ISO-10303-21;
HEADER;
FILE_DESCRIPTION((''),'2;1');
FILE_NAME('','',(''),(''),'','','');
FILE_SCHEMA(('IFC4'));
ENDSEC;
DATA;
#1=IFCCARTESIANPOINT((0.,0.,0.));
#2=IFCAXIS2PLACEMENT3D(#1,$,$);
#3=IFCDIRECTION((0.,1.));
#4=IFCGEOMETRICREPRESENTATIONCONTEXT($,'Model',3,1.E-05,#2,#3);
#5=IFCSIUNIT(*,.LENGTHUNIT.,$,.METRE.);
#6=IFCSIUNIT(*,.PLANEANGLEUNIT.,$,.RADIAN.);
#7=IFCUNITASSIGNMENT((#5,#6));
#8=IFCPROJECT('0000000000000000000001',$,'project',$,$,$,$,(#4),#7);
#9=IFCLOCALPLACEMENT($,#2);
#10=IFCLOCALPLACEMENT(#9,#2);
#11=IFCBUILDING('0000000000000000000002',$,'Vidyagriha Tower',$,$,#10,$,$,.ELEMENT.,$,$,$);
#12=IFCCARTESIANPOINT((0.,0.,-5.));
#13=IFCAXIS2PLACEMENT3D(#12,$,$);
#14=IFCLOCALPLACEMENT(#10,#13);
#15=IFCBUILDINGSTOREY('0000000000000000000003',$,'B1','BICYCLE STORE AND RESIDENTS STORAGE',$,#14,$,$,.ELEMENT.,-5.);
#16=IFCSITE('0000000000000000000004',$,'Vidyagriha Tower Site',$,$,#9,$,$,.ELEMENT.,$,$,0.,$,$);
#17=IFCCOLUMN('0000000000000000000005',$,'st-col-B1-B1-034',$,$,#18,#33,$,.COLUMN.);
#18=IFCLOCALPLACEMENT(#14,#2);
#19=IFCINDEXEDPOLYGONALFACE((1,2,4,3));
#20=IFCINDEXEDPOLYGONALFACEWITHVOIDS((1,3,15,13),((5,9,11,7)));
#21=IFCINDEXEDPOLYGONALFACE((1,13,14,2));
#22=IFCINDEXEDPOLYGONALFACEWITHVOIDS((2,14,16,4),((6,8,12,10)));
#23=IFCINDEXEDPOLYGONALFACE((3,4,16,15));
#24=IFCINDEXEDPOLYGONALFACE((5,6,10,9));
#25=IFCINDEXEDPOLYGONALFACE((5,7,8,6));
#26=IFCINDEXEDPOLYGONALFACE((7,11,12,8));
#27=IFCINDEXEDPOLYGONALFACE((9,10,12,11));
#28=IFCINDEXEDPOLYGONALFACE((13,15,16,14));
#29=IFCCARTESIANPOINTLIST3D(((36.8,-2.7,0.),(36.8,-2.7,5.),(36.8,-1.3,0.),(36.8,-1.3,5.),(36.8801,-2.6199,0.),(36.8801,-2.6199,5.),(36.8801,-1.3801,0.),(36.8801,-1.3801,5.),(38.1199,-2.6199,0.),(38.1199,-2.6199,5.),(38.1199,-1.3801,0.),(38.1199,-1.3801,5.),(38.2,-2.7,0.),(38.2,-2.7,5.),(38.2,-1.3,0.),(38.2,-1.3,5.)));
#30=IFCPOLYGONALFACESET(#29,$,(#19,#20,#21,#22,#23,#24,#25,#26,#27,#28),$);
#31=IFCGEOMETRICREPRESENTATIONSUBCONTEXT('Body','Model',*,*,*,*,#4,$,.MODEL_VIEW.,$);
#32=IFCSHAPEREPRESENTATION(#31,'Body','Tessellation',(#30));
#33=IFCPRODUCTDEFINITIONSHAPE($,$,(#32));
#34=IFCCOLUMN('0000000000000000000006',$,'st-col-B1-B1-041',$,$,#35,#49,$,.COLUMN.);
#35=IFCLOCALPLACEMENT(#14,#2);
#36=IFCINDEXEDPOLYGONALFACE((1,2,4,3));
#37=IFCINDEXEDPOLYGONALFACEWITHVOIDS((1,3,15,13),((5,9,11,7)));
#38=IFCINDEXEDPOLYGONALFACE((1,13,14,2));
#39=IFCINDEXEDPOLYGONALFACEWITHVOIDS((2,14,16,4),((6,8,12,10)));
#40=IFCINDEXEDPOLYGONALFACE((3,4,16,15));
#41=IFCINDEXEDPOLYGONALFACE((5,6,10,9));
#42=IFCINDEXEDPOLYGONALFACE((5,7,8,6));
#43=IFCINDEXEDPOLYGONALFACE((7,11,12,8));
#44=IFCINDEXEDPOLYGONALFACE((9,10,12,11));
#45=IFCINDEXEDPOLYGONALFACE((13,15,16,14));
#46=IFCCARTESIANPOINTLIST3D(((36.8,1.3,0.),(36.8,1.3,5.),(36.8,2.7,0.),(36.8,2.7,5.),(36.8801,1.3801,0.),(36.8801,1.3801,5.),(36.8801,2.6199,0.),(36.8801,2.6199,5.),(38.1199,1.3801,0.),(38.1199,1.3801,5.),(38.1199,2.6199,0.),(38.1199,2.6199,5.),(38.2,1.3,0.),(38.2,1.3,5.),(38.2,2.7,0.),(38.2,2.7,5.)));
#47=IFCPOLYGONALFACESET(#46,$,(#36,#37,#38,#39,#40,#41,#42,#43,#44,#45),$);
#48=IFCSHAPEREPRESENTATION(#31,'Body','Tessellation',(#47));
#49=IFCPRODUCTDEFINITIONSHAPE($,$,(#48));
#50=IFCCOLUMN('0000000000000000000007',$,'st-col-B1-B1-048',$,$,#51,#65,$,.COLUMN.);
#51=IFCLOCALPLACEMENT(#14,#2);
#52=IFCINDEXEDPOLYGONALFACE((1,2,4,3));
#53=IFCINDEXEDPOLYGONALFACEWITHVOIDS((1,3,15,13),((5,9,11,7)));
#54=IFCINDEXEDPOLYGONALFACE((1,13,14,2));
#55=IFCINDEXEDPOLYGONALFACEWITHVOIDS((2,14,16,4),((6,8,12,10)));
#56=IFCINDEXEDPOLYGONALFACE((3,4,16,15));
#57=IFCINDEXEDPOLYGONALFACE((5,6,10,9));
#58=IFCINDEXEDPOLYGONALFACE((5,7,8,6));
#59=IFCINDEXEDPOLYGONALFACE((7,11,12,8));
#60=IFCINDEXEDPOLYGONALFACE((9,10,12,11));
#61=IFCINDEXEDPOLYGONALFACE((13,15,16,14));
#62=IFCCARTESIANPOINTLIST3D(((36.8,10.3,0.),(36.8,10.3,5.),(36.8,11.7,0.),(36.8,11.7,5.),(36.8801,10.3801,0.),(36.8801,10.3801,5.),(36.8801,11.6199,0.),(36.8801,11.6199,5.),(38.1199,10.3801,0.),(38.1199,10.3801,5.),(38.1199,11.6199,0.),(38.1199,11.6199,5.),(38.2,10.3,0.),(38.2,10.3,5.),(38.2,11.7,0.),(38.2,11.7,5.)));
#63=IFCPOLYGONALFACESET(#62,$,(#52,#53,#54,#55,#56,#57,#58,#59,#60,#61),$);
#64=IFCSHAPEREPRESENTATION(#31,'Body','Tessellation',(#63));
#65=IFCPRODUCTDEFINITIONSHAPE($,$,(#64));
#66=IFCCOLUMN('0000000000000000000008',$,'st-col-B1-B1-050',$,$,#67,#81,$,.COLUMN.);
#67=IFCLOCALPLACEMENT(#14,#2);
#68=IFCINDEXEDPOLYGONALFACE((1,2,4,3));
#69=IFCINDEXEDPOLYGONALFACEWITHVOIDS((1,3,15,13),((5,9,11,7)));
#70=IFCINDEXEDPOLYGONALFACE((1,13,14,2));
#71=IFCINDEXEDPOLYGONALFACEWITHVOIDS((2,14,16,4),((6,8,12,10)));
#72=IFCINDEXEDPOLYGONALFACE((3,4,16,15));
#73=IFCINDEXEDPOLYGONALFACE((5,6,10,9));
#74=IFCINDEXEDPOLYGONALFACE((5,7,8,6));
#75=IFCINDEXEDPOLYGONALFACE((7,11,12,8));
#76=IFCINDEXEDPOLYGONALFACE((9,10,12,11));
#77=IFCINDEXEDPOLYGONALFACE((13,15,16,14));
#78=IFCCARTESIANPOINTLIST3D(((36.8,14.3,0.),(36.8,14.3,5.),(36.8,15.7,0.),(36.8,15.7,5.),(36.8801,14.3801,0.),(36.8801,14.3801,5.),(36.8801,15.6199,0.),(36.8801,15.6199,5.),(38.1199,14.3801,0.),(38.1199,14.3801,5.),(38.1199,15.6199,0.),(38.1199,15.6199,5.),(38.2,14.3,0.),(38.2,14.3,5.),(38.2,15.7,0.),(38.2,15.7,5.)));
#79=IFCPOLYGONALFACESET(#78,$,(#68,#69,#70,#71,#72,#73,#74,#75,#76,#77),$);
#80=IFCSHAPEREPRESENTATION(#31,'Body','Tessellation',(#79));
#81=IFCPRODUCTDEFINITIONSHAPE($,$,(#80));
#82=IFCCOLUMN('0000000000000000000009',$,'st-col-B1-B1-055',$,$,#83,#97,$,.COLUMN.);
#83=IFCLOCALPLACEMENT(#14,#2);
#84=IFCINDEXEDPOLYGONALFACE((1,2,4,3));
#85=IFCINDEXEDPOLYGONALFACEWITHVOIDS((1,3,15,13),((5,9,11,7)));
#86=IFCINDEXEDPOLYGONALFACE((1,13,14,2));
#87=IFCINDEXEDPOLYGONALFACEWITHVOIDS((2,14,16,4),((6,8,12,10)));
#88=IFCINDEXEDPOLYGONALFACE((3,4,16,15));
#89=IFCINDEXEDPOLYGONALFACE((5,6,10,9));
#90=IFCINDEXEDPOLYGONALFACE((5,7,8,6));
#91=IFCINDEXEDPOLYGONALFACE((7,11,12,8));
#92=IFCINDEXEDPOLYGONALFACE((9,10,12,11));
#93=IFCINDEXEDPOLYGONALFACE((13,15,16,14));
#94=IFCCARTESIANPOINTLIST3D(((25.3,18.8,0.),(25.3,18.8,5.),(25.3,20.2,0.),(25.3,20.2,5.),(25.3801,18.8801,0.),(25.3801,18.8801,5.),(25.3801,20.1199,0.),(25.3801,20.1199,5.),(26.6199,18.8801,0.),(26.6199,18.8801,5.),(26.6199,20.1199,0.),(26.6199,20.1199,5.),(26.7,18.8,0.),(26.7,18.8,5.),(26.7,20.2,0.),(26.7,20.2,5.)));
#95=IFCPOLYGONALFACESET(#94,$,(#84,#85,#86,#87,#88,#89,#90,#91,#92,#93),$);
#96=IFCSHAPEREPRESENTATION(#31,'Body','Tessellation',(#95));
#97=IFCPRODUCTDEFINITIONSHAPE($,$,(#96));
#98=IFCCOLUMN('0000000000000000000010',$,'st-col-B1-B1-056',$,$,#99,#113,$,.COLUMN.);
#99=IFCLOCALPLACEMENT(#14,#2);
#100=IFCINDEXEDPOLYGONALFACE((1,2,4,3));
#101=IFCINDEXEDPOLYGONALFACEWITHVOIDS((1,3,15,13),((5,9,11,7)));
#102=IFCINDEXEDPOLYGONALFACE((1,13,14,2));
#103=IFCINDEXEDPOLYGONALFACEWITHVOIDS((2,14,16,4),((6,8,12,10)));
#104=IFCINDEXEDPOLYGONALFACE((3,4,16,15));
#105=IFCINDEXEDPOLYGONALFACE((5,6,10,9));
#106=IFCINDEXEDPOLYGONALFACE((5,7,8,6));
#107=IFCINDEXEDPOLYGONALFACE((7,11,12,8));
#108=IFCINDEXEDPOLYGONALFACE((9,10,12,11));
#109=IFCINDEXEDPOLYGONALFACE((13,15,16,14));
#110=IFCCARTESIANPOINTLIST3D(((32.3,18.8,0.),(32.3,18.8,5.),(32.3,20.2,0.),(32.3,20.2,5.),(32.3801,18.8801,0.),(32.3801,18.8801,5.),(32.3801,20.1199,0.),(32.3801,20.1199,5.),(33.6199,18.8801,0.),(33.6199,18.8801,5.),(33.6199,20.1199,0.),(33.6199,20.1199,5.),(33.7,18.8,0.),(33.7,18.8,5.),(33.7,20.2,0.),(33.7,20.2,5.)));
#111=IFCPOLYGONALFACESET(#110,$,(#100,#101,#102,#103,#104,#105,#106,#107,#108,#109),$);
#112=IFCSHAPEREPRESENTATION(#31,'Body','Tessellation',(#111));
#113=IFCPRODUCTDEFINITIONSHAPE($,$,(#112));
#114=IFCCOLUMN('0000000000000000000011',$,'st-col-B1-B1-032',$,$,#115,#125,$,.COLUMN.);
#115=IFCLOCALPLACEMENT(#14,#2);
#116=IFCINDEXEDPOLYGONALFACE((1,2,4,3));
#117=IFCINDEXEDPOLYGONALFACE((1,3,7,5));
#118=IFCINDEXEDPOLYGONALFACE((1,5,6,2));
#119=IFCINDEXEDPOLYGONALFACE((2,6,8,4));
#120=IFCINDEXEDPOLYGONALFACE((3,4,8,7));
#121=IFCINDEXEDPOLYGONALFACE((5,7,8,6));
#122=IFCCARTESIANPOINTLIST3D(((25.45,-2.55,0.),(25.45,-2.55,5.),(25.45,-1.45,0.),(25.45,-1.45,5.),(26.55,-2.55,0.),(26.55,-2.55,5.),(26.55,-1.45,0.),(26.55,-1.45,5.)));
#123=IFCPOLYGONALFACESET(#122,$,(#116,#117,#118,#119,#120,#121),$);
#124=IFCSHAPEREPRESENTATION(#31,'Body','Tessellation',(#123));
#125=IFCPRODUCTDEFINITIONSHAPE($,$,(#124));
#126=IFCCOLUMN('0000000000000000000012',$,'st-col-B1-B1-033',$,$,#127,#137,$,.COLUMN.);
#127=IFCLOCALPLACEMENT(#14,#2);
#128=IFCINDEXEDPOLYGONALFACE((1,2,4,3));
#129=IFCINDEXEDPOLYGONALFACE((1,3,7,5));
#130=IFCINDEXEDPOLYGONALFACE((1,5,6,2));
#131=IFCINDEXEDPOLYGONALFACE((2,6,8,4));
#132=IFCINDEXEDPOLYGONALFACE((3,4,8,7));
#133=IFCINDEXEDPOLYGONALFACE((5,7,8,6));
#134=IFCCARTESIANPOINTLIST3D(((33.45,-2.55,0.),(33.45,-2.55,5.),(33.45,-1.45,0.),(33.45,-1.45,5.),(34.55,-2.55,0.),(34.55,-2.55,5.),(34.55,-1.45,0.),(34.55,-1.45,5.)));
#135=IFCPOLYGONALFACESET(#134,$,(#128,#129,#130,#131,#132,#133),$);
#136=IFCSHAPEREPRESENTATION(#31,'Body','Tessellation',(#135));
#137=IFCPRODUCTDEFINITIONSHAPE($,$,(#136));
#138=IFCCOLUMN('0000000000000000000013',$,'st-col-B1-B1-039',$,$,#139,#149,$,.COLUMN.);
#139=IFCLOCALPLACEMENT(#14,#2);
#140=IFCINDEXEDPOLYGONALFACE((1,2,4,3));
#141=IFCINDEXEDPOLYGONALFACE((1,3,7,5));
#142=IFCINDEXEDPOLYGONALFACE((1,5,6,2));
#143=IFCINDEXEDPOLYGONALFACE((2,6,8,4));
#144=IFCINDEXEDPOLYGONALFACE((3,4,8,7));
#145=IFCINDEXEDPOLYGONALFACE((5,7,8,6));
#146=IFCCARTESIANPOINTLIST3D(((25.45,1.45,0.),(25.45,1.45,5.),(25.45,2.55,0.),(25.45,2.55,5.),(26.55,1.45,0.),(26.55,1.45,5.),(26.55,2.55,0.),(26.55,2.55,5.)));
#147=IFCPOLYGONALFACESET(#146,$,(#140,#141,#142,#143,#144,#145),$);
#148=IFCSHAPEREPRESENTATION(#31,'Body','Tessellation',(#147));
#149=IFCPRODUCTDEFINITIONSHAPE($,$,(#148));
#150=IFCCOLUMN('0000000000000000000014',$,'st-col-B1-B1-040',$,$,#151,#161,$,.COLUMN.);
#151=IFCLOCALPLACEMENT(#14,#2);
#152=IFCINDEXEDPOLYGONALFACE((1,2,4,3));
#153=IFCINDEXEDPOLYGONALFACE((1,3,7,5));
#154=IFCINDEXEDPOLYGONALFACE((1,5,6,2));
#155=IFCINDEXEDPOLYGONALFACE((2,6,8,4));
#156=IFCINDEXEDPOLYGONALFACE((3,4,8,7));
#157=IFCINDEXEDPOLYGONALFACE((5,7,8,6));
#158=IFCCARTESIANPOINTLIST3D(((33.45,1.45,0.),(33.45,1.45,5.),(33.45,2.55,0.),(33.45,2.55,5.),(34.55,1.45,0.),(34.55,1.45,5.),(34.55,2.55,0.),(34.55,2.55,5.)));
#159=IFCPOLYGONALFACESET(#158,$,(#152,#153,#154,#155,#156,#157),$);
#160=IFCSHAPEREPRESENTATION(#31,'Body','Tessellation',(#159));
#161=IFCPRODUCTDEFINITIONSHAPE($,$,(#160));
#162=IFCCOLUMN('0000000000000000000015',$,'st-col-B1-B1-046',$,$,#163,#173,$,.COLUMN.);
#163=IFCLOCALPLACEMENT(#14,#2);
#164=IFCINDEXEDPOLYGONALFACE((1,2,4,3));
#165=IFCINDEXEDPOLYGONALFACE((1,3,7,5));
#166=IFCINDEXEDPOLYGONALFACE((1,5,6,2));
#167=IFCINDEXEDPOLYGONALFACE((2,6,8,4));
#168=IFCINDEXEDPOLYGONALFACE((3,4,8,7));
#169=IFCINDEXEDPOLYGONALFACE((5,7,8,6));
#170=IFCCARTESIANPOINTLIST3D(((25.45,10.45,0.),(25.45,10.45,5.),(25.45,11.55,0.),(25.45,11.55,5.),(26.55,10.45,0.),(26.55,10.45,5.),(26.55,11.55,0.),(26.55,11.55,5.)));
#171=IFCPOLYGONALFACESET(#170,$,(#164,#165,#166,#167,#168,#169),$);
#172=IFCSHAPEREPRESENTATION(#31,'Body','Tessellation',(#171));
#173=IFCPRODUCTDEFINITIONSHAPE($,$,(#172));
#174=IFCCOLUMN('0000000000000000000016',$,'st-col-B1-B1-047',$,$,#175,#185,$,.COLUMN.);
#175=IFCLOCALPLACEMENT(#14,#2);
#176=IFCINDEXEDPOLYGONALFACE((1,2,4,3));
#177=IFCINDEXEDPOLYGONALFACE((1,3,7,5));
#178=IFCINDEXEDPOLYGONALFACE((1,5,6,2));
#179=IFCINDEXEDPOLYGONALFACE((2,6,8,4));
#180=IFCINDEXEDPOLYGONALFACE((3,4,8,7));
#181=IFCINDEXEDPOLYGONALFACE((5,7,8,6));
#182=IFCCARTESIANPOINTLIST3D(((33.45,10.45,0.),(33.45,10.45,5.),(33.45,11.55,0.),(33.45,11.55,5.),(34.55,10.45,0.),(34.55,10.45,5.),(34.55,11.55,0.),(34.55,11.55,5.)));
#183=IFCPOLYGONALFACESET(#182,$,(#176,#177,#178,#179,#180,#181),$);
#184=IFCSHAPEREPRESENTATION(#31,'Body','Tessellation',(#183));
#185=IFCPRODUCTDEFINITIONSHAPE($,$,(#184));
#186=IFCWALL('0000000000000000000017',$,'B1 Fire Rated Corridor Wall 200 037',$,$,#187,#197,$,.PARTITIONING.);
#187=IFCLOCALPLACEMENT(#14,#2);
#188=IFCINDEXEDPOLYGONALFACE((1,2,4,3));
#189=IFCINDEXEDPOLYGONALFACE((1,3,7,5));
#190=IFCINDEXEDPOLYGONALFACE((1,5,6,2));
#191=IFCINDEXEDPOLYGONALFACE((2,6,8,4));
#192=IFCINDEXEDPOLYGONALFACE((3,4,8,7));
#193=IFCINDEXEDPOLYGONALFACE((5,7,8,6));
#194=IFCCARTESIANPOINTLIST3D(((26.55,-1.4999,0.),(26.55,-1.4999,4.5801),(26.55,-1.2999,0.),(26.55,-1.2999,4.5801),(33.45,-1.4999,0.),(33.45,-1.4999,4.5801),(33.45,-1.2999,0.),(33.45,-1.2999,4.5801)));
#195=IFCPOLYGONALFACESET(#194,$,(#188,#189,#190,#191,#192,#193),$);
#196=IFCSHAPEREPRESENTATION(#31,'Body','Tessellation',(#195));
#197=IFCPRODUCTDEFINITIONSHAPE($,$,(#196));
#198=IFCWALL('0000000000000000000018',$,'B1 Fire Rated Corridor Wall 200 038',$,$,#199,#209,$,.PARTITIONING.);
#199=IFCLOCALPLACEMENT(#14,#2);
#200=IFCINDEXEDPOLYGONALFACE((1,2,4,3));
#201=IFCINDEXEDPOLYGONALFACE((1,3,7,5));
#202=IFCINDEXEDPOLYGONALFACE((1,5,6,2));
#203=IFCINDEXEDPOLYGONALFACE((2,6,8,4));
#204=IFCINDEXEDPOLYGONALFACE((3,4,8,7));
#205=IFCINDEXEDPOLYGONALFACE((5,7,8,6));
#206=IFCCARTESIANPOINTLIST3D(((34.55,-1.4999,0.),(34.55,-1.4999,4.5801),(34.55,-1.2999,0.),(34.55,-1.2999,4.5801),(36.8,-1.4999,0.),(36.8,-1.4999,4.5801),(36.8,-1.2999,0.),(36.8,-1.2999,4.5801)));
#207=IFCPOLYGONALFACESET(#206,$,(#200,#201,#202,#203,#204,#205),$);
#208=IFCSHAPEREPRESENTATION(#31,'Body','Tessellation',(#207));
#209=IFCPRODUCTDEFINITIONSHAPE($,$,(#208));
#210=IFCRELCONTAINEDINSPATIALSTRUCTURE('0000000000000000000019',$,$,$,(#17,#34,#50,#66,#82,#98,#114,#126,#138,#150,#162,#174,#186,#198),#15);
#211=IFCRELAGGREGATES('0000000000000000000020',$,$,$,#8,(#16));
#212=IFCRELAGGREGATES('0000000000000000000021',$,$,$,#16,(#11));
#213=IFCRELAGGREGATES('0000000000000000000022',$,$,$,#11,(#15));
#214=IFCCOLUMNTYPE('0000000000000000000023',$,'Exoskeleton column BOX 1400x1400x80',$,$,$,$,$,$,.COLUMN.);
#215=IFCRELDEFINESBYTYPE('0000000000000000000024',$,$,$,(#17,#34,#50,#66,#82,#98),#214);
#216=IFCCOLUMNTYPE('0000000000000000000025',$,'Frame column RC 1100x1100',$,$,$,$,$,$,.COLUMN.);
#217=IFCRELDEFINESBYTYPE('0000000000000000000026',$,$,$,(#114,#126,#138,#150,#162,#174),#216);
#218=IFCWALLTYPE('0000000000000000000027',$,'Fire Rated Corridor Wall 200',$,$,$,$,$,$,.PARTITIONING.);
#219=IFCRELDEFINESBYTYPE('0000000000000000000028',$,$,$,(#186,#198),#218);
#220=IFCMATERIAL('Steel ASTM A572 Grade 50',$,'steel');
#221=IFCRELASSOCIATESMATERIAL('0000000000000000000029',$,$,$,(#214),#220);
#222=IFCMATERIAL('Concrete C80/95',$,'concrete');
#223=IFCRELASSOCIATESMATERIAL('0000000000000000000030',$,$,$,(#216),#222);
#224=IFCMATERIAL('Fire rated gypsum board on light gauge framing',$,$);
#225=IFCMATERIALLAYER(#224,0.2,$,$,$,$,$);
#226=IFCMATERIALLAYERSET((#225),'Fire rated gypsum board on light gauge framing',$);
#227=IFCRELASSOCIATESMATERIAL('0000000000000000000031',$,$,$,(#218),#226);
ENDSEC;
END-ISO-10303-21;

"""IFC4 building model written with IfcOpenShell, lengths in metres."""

from ifc_helpers import new_model, si_unit, direction, frame, frame_2d, origin, origin_2d, place, context, subcontext, project, spatial, rectangle, hollow_rectangle, extrude, material, layer, layer_set, material_profile, profile_set, type_object, element, save


model = new_model("IFC4")

# Units and contexts
model_context = context("Model", 3, precision=1e-05, world=origin(), true_north=direction((0.0, 1.0)))
body_context = subcontext(model_context, "Body", "Model", "MODEL_VIEW")
ifc_project = project(units=[si_unit("LENGTHUNIT", "METRE"), si_unit("PLANEANGLEUNIT", "RADIAN")], contexts=[model_context])

# Site, building, storey
site_placement = place(None, origin())
site = spatial("IfcSite", under=ifc_project, at=site_placement, Name="Vidyagriha Tower Site", CompositionType="ELEMENT", RefElevation=0.0)
building_placement = place(site_placement, origin())
building = spatial("IfcBuilding", under=site, at=building_placement, Name="Vidyagriha Tower", CompositionType="ELEMENT")
storey_placement = place(building_placement, frame((0.0, 0.0, -5.0)))
storey = spatial("IfcBuildingStorey", under=building, at=storey_placement, Name="B1", Description="BICYCLE STORE AND RESIDENTS STORAGE", CompositionType="ELEMENT", Elevation=-5.0)

# Columns
ifc_material_1 = material(Name="Steel ASTM A572 Grade 50", Category="steel")
ifc_material_profile_1 = material_profile(ifc_material_1, hollow_rectangle(XDim=1.3999, YDim=1.3999, WallThickness=0.0801, at=origin_2d()), Name="BOX 1400x1400x80")
ifc_profile_set_1 = profile_set([ifc_material_profile_1], Name="Steel ASTM A572 Grade 50")
column_type_1 = type_object("IfcColumnType", Name="Exoskeleton column BOX 1400x1400x80", PredefinedType="COLUMN", material=ifc_profile_set_1)
for number, where, name in (
    (1, (37.5, -2.0, 0.0), "st-col-B1-B1-034"),
    (2, (37.5, 2.0, 0.0), "st-col-B1-B1-041"),
    (3, (37.5, 11.0, 0.0), "st-col-B1-B1-048"),
    (4, (37.5, 15.0, 0.0), "st-col-B1-B1-050"),
    (5, (26.0, 19.5, 0.0), "st-col-B1-B1-055"),
    (6, (33.0, 19.5, 0.0), "st-col-B1-B1-056"),
):
    element("IfcColumn", number, at=place(storey_placement, frame(where)), inside=storey, type_object=column_type_1, Name=name, PredefinedType="COLUMN", context=body_context, shape_type="SweptSolid", body=[
        extrude(hollow_rectangle(XDim=1.3999, YDim=1.3999, WallThickness=0.0801, at=origin_2d()), origin(), (0.0, 0.0, 1.0), 5.0),
    ])
ifc_material_2 = material(Name="Concrete C80/95", Category="concrete")
ifc_material_profile_2 = material_profile(ifc_material_2, rectangle(XDim=1.1001, YDim=1.1001, at=origin_2d()), Name="RC 1100x1100")
ifc_profile_set_2 = profile_set([ifc_material_profile_2], Name="Concrete C80/95")
column_type_2 = type_object("IfcColumnType", Name="Frame column RC 1100x1100", PredefinedType="COLUMN", material=ifc_profile_set_2)
for number, where, name in (
    (7, (26.0, -2.0, 0.0), "st-col-B1-B1-032"),
    (8, (34.0, -2.0, 0.0), "st-col-B1-B1-033"),
    (9, (26.0, 2.0, 0.0), "st-col-B1-B1-039"),
    (10, (34.0, 2.0, 0.0), "st-col-B1-B1-040"),
    (11, (26.0, 11.0, 0.0), "st-col-B1-B1-046"),
    (12, (34.0, 11.0, 0.0), "st-col-B1-B1-047"),
):
    element("IfcColumn", number, at=place(storey_placement, frame(where)), inside=storey, type_object=column_type_2, Name=name, PredefinedType="COLUMN", context=body_context, shape_type="SweptSolid", body=[
        extrude(rectangle(XDim=1.1001, YDim=1.1001, at=origin_2d()), origin(), (0.0, 0.0, 1.0), 5.0),
    ])

# Walls
ifc_material_3 = material(Name="Fire rated gypsum board on light gauge framing")
ifc_layer = layer(ifc_material_3, 0.2)
ifc_layer_set = layer_set([ifc_layer], Name="Fire rated gypsum board on light gauge framing")
wall_type = type_object("IfcWallType", Name="Fire Rated Corridor Wall 200", PredefinedType="PARTITIONING", material=ifc_layer_set)
wall_1_placement = place(storey_placement, frame((26.55, -1.3999, 0.0)))
element("IfcWall", 13, at=wall_1_placement, inside=storey, type_object=wall_type, Name="B1 Fire Rated Corridor Wall 200 037", PredefinedType="PARTITIONING", context=body_context, shape_type="SweptSolid", body=[
    extrude(rectangle(XDim=6.8999, YDim=0.2, at=frame_2d((3.45, 0.0))), origin(), (0.0, 0.0, 1.0), 4.5801),
])
wall_2_placement = place(storey_placement, frame((34.55, -1.3999, 0.0)))
element("IfcWall", 14, at=wall_2_placement, inside=storey, type_object=wall_type, Name="B1 Fire Rated Corridor Wall 200 038", PredefinedType="PARTITIONING", context=body_context, shape_type="SweptSolid", body=[
    extrude(rectangle(XDim=2.25, YDim=0.2, at=frame_2d((1.125, 0.0))), origin(), (0.0, 0.0, 1.0), 4.5801),
])

save(model, "model.ifc")
